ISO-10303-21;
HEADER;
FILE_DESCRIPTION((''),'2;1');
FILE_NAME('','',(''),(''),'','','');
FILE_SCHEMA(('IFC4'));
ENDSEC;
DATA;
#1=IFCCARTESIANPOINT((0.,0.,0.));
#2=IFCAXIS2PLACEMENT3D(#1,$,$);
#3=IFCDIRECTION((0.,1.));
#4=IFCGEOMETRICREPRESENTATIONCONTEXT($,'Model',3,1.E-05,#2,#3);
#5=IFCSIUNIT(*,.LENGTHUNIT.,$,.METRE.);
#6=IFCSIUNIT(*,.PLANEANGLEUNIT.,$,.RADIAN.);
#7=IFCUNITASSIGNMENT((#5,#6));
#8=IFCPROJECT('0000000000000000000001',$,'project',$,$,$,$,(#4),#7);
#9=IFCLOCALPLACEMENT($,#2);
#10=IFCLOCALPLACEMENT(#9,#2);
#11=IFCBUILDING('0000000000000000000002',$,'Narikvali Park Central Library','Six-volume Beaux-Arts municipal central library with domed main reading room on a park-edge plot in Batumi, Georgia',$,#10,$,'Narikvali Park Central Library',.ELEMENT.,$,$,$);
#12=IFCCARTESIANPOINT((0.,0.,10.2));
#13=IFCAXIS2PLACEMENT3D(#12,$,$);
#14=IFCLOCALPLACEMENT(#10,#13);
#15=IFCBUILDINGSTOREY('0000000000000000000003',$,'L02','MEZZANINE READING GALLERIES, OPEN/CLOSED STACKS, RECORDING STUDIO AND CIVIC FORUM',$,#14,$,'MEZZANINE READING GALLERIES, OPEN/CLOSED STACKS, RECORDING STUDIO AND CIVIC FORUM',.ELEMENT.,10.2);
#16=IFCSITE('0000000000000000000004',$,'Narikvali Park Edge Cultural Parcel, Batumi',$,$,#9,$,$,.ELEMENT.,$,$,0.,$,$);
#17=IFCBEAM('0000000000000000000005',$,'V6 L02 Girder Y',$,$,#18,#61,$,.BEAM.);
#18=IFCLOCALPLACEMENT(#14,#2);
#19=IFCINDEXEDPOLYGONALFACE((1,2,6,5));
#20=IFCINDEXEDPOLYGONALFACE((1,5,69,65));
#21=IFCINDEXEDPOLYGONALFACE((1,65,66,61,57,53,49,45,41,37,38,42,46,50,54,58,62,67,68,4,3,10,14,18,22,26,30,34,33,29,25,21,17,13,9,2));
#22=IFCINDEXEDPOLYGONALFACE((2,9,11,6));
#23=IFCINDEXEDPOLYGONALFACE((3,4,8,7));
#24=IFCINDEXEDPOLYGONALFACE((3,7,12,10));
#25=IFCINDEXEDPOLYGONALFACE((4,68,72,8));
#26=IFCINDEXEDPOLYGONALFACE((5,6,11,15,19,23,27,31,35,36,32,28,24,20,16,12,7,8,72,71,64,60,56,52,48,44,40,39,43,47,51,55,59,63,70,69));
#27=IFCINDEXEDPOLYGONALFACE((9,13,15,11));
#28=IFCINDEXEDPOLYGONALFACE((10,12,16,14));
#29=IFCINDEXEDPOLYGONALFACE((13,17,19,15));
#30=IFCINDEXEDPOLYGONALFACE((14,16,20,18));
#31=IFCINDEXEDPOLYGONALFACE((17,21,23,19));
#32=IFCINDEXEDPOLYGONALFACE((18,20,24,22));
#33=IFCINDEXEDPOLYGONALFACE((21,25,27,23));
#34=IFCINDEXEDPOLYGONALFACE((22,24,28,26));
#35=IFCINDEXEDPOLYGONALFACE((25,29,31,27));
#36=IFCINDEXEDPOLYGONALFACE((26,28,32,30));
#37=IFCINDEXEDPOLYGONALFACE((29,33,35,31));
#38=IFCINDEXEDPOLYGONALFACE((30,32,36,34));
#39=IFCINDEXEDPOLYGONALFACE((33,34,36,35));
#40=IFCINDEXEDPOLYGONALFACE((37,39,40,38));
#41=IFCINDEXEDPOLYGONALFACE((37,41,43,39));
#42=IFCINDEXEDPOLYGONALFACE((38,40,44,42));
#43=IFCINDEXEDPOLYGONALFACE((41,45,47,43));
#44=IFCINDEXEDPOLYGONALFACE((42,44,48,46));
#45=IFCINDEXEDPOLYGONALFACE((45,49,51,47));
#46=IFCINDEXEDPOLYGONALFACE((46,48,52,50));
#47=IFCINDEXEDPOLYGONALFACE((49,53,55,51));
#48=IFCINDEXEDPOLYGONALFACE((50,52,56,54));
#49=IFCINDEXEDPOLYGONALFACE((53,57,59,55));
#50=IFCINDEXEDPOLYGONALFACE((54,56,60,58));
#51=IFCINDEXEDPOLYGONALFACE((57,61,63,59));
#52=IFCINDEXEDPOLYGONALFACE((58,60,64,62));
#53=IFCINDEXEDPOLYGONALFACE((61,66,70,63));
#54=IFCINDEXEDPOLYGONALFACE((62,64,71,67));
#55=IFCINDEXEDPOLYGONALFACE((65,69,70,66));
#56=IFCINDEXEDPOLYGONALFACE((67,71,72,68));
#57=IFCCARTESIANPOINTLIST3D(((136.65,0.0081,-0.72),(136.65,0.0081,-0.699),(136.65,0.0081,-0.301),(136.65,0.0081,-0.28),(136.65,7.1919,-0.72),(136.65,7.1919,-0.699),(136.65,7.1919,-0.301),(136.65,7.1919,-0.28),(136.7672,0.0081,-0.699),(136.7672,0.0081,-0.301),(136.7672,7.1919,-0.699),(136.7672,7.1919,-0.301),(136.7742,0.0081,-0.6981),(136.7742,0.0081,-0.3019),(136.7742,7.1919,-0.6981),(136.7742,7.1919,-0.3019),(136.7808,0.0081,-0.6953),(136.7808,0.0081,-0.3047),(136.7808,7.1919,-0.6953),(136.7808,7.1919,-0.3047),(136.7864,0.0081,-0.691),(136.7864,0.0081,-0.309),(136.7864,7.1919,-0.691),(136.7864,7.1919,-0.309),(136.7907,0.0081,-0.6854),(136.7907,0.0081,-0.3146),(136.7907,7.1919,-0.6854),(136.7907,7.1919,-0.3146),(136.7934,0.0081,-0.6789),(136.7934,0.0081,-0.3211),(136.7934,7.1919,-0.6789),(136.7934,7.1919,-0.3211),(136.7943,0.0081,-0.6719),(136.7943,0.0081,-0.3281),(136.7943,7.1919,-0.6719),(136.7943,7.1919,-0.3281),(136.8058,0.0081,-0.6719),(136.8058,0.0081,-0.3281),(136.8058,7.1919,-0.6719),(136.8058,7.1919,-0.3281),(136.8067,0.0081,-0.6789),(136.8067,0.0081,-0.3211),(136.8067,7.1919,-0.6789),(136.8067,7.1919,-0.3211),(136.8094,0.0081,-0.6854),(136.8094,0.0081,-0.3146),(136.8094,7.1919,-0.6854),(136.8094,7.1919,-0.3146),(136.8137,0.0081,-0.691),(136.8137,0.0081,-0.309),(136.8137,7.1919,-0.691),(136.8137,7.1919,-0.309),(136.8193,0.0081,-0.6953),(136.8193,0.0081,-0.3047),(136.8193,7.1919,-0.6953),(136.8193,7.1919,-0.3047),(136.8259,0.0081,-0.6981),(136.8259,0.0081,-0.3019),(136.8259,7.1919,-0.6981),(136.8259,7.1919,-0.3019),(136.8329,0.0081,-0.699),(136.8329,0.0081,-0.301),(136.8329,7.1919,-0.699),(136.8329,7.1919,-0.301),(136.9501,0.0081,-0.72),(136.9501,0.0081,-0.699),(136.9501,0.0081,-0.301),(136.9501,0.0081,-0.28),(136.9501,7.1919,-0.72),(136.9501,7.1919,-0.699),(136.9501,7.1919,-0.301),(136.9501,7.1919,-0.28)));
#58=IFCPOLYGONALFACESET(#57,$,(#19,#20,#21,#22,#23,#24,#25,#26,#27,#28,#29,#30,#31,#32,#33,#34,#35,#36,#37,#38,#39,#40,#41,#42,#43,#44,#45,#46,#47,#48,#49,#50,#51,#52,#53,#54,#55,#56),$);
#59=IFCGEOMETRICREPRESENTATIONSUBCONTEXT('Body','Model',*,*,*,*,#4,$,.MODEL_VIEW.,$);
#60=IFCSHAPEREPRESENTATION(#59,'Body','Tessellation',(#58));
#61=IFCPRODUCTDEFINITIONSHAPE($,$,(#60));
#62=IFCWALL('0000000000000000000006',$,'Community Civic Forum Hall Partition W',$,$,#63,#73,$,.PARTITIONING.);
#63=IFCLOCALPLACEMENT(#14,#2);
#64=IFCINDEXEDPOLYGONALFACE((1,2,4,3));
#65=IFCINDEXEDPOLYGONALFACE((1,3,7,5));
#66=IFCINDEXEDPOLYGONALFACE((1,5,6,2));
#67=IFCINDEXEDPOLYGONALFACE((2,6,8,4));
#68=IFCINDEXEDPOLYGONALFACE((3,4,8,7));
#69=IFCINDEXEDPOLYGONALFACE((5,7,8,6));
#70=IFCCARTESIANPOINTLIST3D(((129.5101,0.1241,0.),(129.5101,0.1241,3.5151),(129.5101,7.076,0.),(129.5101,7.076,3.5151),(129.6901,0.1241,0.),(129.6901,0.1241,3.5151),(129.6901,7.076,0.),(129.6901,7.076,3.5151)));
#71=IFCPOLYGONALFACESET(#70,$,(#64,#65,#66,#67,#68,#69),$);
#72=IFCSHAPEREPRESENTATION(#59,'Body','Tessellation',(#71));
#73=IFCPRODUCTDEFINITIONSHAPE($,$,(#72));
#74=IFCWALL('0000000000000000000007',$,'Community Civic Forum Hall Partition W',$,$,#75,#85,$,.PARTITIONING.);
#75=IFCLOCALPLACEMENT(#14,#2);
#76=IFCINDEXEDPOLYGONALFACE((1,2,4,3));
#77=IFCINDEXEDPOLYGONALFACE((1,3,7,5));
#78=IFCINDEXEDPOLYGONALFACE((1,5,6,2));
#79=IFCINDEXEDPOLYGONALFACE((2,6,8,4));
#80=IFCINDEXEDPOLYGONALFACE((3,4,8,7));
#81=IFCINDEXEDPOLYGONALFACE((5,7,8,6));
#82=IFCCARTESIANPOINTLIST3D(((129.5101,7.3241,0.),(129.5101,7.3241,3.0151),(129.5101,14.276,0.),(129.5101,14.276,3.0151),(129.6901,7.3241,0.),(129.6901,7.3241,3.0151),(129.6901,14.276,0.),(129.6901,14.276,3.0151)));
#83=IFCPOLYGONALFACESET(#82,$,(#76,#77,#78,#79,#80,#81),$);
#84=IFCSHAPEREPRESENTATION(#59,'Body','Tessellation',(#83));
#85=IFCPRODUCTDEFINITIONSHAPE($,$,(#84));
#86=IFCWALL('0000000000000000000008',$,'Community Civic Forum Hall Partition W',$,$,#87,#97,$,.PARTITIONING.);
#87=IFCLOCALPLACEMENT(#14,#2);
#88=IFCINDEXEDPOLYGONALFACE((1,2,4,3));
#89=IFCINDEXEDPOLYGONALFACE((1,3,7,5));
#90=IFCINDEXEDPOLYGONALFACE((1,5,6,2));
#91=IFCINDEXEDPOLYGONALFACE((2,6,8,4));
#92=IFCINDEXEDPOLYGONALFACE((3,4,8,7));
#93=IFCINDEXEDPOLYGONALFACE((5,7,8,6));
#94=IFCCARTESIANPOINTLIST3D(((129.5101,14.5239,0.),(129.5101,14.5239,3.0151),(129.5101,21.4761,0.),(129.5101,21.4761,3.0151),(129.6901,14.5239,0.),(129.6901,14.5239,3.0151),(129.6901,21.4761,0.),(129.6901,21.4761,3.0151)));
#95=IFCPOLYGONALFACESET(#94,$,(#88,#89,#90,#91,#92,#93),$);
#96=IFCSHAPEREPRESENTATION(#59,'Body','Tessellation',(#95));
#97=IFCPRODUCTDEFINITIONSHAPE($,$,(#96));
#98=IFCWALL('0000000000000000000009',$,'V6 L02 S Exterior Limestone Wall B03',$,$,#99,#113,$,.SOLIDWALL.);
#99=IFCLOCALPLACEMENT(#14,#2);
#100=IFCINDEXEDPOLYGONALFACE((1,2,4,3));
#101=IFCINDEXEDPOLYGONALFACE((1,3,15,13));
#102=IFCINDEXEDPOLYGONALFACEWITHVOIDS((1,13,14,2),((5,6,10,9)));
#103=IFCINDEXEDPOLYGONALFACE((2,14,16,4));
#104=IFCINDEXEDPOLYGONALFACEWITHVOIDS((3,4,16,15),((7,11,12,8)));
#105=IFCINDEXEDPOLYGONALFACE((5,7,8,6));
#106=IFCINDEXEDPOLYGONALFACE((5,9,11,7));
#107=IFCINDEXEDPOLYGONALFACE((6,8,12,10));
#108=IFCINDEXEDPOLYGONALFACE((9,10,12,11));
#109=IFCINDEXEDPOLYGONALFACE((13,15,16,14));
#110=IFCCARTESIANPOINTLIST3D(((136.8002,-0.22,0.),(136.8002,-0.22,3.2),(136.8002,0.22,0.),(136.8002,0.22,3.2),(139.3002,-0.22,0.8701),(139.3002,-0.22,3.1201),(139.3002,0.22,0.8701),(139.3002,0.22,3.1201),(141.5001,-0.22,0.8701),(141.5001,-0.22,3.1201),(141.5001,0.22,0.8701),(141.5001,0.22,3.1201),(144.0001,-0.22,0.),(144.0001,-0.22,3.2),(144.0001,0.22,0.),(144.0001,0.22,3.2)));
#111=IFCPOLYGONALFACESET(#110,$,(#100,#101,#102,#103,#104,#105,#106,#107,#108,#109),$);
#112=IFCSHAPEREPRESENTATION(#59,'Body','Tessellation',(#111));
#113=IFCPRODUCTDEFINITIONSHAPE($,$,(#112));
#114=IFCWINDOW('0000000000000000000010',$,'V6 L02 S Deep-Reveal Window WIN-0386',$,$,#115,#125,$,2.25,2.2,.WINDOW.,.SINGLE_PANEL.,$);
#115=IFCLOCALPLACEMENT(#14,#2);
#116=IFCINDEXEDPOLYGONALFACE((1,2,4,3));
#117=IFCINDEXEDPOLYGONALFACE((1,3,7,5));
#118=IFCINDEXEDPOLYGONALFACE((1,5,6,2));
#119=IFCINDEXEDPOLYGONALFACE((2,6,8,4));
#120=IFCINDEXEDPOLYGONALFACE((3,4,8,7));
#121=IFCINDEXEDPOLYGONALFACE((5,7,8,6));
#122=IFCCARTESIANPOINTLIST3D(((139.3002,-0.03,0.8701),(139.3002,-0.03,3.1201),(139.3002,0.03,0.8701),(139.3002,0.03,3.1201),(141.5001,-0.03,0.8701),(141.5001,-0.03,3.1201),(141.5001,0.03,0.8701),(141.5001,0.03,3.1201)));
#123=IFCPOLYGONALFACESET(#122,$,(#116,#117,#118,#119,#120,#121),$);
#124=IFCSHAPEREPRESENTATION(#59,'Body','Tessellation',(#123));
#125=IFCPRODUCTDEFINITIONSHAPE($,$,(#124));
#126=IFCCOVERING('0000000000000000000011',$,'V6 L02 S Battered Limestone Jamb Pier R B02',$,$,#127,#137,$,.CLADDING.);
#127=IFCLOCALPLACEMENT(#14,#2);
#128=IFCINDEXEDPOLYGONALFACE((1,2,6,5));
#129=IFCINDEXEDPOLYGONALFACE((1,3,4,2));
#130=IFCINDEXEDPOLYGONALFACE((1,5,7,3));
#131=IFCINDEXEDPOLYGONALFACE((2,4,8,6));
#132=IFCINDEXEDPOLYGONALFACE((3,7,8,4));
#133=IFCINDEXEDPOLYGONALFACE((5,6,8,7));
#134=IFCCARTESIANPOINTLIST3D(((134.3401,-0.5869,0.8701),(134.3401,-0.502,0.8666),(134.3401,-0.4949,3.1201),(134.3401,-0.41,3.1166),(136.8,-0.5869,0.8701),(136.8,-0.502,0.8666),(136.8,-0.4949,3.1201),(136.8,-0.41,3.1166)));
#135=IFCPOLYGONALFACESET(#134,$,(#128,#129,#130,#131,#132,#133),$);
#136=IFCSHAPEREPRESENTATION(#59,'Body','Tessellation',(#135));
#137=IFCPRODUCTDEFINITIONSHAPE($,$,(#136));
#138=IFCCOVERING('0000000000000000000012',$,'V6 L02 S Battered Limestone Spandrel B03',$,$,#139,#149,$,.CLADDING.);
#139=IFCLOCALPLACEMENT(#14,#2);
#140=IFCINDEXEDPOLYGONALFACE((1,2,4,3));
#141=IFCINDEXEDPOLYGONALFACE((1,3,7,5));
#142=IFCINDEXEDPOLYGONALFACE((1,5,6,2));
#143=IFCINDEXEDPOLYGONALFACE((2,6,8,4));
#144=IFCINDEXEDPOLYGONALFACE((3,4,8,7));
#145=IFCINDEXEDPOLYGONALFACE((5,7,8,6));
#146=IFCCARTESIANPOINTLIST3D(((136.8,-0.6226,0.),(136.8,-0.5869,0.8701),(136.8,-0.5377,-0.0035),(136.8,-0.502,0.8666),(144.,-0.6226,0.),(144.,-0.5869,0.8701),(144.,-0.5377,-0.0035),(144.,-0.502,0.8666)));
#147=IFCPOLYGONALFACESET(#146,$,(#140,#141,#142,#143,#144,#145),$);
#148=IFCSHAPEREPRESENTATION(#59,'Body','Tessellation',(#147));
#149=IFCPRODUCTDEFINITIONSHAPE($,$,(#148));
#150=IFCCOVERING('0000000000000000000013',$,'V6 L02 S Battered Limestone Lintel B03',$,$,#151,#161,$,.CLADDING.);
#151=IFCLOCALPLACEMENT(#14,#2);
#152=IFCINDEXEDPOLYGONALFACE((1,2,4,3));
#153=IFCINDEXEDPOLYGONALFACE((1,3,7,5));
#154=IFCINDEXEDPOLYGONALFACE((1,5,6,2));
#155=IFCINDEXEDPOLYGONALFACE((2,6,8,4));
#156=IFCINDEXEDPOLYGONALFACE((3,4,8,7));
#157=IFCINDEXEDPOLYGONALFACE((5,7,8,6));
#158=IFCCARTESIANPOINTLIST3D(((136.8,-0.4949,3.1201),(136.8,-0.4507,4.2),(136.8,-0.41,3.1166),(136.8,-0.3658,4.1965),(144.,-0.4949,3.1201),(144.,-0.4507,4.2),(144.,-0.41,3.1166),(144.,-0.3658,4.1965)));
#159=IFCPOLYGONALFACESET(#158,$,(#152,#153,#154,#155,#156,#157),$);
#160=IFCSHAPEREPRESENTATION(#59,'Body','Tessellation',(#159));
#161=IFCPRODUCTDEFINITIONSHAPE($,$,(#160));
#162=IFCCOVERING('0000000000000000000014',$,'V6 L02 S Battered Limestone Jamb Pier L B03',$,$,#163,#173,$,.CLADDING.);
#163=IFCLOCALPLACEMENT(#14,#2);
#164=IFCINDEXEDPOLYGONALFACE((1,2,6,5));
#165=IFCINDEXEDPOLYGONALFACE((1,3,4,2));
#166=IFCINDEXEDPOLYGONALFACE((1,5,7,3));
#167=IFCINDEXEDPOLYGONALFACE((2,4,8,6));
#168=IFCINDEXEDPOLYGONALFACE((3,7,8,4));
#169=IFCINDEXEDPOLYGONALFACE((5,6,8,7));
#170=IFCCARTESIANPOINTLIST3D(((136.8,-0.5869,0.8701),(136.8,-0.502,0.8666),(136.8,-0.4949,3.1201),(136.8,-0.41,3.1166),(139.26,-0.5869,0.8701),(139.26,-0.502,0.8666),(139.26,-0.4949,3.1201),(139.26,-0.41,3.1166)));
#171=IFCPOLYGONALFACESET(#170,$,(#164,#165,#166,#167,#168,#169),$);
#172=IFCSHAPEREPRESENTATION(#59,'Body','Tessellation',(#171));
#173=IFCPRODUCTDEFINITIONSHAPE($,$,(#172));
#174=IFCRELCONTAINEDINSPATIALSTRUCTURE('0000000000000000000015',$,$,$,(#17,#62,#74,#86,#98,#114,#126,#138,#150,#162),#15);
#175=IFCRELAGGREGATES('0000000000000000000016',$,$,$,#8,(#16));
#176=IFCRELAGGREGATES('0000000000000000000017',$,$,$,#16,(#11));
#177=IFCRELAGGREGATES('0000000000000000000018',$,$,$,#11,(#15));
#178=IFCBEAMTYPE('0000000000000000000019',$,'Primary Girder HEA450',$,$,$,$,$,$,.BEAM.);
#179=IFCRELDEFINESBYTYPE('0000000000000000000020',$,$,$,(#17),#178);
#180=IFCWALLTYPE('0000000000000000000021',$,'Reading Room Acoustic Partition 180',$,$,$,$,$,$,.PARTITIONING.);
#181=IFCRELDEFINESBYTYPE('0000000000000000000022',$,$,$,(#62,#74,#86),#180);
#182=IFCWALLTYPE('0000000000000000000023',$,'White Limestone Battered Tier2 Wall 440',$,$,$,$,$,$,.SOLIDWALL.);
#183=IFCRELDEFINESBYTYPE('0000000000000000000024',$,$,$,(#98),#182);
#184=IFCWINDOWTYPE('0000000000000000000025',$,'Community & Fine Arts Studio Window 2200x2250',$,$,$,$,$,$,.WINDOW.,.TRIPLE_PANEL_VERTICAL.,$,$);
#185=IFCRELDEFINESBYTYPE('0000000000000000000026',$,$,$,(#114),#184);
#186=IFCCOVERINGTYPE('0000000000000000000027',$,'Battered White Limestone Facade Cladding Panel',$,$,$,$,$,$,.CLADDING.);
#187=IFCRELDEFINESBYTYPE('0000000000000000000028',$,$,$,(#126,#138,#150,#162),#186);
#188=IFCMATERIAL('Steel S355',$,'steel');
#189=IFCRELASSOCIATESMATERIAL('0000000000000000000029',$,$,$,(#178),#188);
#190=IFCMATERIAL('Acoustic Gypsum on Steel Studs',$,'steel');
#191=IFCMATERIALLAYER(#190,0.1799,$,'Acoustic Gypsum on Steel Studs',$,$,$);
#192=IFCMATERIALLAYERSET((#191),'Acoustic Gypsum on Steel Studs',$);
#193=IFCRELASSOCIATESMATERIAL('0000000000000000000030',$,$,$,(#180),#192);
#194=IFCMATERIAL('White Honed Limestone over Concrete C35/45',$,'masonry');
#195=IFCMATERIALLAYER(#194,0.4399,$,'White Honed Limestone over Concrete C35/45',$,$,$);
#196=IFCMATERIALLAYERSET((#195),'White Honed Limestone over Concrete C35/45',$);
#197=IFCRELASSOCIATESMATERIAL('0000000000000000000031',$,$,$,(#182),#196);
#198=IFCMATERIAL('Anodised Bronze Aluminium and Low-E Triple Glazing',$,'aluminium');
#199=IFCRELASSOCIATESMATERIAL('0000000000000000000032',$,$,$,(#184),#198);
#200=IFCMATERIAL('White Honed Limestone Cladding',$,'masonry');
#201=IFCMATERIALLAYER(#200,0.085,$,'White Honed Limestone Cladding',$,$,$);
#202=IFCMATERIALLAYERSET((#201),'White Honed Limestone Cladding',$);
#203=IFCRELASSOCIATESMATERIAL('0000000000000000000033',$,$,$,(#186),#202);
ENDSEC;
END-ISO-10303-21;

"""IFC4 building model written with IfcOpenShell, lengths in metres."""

from ifc_helpers import new_model, si_unit, direction, frame, frame_2d, origin, origin_2d, place, context, subcontext, project, spatial, polyline, rectangle, i_section, outline, extrude, material, layer, layer_set, material_profile, profile_set, type_object, element, fill, save


model = new_model("IFC4")

# Units and contexts
model_context = context("Model", 3, precision=1e-05, world=origin(), true_north=direction((0.0, 1.0)))
body_context = subcontext(model_context, "Body", "Model", "MODEL_VIEW")
ifc_project = project(units=[si_unit("LENGTHUNIT", "METRE"), si_unit("PLANEANGLEUNIT", "RADIAN")], contexts=[model_context])

# Site, building, storey
site_placement = place(None, origin())
site = spatial("IfcSite", under=ifc_project, at=site_placement, Name="Narikvali Park Edge Cultural Parcel, Batumi", CompositionType="ELEMENT", RefElevation=0.0)
building_placement = place(site_placement, origin())
building = spatial("IfcBuilding", under=site, at=building_placement, Name="Narikvali Park Central Library", Description="Six-volume Beaux-Arts municipal central library with domed main reading room on a park-edge plot in Batumi, Georgia", LongName="Narikvali Park Central Library", CompositionType="ELEMENT")
storey_placement = place(building_placement, frame((0.0, 0.0, 10.2)))
storey = spatial("IfcBuildingStorey", under=building, at=storey_placement, Name="L02", Description="MEZZANINE READING GALLERIES, OPEN/CLOSED STACKS, RECORDING STUDIO AND CIVIC FORUM", LongName="MEZZANINE READING GALLERIES, OPEN/CLOSED STACKS, RECORDING STUDIO AND CIVIC FORUM", CompositionType="ELEMENT", Elevation=10.2)

# Shared definitions
ifc_material_1 = material(Name="Steel S355", Category="steel")

# Beam
ifc_material_profile_1 = material_profile(ifc_material_1, i_section(OverallWidth=0.3, OverallDepth=0.4399, WebThickness=0.0115, FlangeThickness=0.021, FilletRadius=0.0271, at=origin_2d()), Name="HEA 450")
ifc_profile_set_1 = profile_set([ifc_material_profile_1], Name="Steel S355")
beam_type_1 = type_object("IfcBeamType", Name="Primary Girder HEA450", PredefinedType="BEAM", material=ifc_profile_set_1)
beam_1_placement = place(storey_placement, frame((136.8, 0.0081, -0.5), z_axis=(0.0, 1.0, 0.0), x_axis=(-1.0, 0.0, 0.0)))
element("IfcBeam", 1, at=beam_1_placement, inside=storey, type_object=beam_type_1, Name="V6 L02 Girder Y", PredefinedType="BEAM", context=body_context, shape_type="SweptSolid", body=[
    extrude(i_section(OverallWidth=0.3, OverallDepth=0.4399, WebThickness=0.0115, FlangeThickness=0.021, FilletRadius=0.0271, at=origin_2d()), origin(), (0.0, 0.0, 1.0), 7.1838),
])

# Walls
ifc_material_2 = material(Name="Acoustic Gypsum on Steel Studs", Category="steel")
ifc_layer_1 = layer(ifc_material_2, 0.1799, Name="Acoustic Gypsum on Steel Studs")
ifc_layer_set_1 = layer_set([ifc_layer_1], Name="Acoustic Gypsum on Steel Studs")
wall_type_1 = type_object("IfcWallType", Name="Reading Room Acoustic Partition 180", PredefinedType="PARTITIONING", material=ifc_layer_set_1)
wall_1_placement = place(storey_placement, frame((129.6001, 0.124, 0.0), z_axis=(0.0, 0.0, 1.0), x_axis=(0.0, 1.0, 0.0)))
element("IfcWall", 2, at=wall_1_placement, inside=storey, type_object=wall_type_1, Name="Community Civic Forum Hall Partition W", PredefinedType="PARTITIONING", context=body_context, shape_type="SweptSolid", body=[
    extrude(rectangle(XDim=6.9519, YDim=0.1799, at=frame_2d((3.4761, 0.0))), origin(), (0.0, 0.0, 1.0), 3.5151),
])
wall_2_placement = place(storey_placement, frame((129.6001, 7.324, 0.0), z_axis=(0.0, 0.0, 1.0), x_axis=(0.0, 1.0, 0.0)))
element("IfcWall", 3, at=wall_2_placement, inside=storey, type_object=wall_type_1, Name="Community Civic Forum Hall Partition W", PredefinedType="PARTITIONING", context=body_context, shape_type="SweptSolid", body=[
    extrude(rectangle(XDim=6.9519, YDim=0.1799, at=frame_2d((3.4761, 0.0))), origin(), (0.0, 0.0, 1.0), 3.0151),
])
wall_3_placement = place(storey_placement, frame((129.6001, 14.5239, 0.0), z_axis=(0.0, 0.0, 1.0), x_axis=(0.0, 1.0, 0.0)))
element("IfcWall", 4, at=wall_3_placement, inside=storey, type_object=wall_type_1, Name="Community Civic Forum Hall Partition W", PredefinedType="PARTITIONING", context=body_context, shape_type="SweptSolid", body=[
    extrude(rectangle(XDim=6.9521, YDim=0.1799, at=frame_2d((3.4761, 0.0))), origin(), (0.0, 0.0, 1.0), 3.0151),
])

# Wall, opening, window
ifc_material_3 = material(Name="White Honed Limestone over Concrete C35/45", Category="masonry")
ifc_layer_2 = layer(ifc_material_3, 0.4399, Name="White Honed Limestone over Concrete C35/45")
ifc_layer_set_2 = layer_set([ifc_layer_2], Name="White Honed Limestone over Concrete C35/45")
wall_type_2 = type_object("IfcWallType", Name="White Limestone Battered Tier2 Wall 440", PredefinedType="SOLIDWALL", material=ifc_layer_set_2)
wall_4_placement = place(storey_placement, frame((136.8, 0.0, 0.0), z_axis=(0.0, 0.0, 1.0), x_axis=(1.0, 0.0, 0.0)))
wall_4 = element("IfcWall", 5, at=wall_4_placement, inside=storey, type_object=wall_type_2, Name="V6 L02 S Exterior Limestone Wall B03", PredefinedType="SOLIDWALL", context=body_context, shape_type="SweptSolid", body=[
    extrude(rectangle(XDim=7.2, YDim=0.4399, at=frame_2d((3.6001, 0.0))), origin(), (0.0, 0.0, 1.0), 3.2),
])
opening_placement = place(wall_4_placement, frame((2.5, 0.0, 0.8701)))
opening = element("IfcOpeningElement", 6, at=opening_placement, cuts=wall_4, PredefinedType="OPENING", context=body_context, shape_type="SweptSolid", body=[
    extrude(rectangle(XDim=2.2, YDim=2.25, at=frame_2d((1.1001, 1.125))), frame((0.0, 0.2319, 0.0), z_axis=(0.0, -1.0, 0.0), x_axis=(1.0, 0.0, 0.0)), (0.0, 0.0, 1.0), 0.4639),
])
ifc_material_4 = material(Name="Anodised Bronze Aluminium and Low-E Triple Glazing", Category="aluminium")
window_type = type_object("IfcWindowType", Name="Community & Fine Arts Studio Window 2200x2250", PartitioningType="TRIPLE_PANEL_VERTICAL", PredefinedType="WINDOW", material=ifc_material_4)
window_placement = place(opening_placement, origin())
window = element("IfcWindow", 7, at=window_placement, inside=storey, type_object=window_type, Name="V6 L02 S Deep-Reveal Window WIN-0386", OverallHeight=2.25, OverallWidth=2.2, PartitioningType="SINGLE_PANEL", PredefinedType="WINDOW", context=body_context, shape_type="SweptSolid", body=[
    extrude(rectangle(XDim=2.2, YDim=2.25, at=frame_2d((1.1001, 1.125))), frame((0.0, 0.03, 0.0), z_axis=(0.0, -1.0, 0.0), x_axis=(1.0, 0.0, 0.0)), (0.0, 0.0, 1.0), 0.0601),
])
fill(opening, window)

# Coverings
ifc_material_5 = material(Name="White Honed Limestone Cladding", Category="masonry")
ifc_layer_3 = layer(ifc_material_5, 0.085, Name="White Honed Limestone Cladding")
ifc_layer_set_3 = layer_set([ifc_layer_3], Name="White Honed Limestone Cladding")
covering_type = type_object("IfcCoveringType", Name="Battered White Limestone Facade Cladding Panel", PredefinedType="CLADDING", material=ifc_layer_set_3)
covering_1_placement = place(storey_placement, frame((134.3401, -0.5869, 0.8701), z_axis=(0.0, -0.999164, 0.040873), x_axis=(1.0, 0.0, 0.0)))
element("IfcCovering", 8, at=covering_1_placement, inside=storey, type_object=covering_type, Name="V6 L02 S Battered Limestone Jamb Pier R B02", PredefinedType="CLADDING", context=body_context, shape_type="SweptSolid", body=[
    extrude(outline(polyline([(0.0, 0.0), (2.46, 0.0), (2.46, 2.2519), (0.0, 2.2519), (0.0, 0.0)])), origin(), (0.0, 0.0, -1.0), 0.085),
])
covering_2_placement = place(storey_placement, frame((136.8, -0.6226, 0.0), z_axis=(0.0, -0.999162, 0.040931), x_axis=(1.0, 0.0, 0.0)))
element("IfcCovering", 9, at=covering_2_placement, inside=storey, type_object=covering_type, Name="V6 L02 S Battered Limestone Spandrel B03", PredefinedType="CLADDING", context=body_context, shape_type="SweptSolid", body=[
    extrude(outline(polyline([(0.0, 0.0), (7.2, 0.0), (7.2, 0.8708), (0.0, 0.8708), (0.0, 0.0)])), origin(), (0.0, 0.0, -1.0), 0.085),
])
covering_3_placement = place(storey_placement, frame((136.8, -0.4949, 3.1201), z_axis=(0.0, -0.999164, 0.040888), x_axis=(1.0, 0.0, 0.0)))
element("IfcCovering", 10, at=covering_3_placement, inside=storey, type_object=covering_type, Name="V6 L02 S Battered Limestone Lintel B03", PredefinedType="CLADDING", context=body_context, shape_type="SweptSolid", body=[
    extrude(outline(polyline([(0.0, 0.0), (7.2, 0.0), (7.2, 1.0807), (0.0, 1.0807), (0.0, 0.0)])), origin(), (0.0, 0.0, -1.0), 0.085),
])
covering_4_placement = place(storey_placement, frame((136.8, -0.5869, 0.8701), z_axis=(0.0, -0.999164, 0.040873), x_axis=(1.0, 0.0, 0.0)))
element("IfcCovering", 11, at=covering_4_placement, inside=storey, type_object=covering_type, Name="V6 L02 S Battered Limestone Jamb Pier L B03", PredefinedType="CLADDING", context=body_context, shape_type="SweptSolid", body=[
    extrude(outline(polyline([(0.0, 0.0), (2.46, 0.0), (2.46, 2.2519), (0.0, 2.2519), (0.0, 0.0)])), origin(), (0.0, 0.0, -1.0), 0.085),
])

save(model, "model.ifc")
